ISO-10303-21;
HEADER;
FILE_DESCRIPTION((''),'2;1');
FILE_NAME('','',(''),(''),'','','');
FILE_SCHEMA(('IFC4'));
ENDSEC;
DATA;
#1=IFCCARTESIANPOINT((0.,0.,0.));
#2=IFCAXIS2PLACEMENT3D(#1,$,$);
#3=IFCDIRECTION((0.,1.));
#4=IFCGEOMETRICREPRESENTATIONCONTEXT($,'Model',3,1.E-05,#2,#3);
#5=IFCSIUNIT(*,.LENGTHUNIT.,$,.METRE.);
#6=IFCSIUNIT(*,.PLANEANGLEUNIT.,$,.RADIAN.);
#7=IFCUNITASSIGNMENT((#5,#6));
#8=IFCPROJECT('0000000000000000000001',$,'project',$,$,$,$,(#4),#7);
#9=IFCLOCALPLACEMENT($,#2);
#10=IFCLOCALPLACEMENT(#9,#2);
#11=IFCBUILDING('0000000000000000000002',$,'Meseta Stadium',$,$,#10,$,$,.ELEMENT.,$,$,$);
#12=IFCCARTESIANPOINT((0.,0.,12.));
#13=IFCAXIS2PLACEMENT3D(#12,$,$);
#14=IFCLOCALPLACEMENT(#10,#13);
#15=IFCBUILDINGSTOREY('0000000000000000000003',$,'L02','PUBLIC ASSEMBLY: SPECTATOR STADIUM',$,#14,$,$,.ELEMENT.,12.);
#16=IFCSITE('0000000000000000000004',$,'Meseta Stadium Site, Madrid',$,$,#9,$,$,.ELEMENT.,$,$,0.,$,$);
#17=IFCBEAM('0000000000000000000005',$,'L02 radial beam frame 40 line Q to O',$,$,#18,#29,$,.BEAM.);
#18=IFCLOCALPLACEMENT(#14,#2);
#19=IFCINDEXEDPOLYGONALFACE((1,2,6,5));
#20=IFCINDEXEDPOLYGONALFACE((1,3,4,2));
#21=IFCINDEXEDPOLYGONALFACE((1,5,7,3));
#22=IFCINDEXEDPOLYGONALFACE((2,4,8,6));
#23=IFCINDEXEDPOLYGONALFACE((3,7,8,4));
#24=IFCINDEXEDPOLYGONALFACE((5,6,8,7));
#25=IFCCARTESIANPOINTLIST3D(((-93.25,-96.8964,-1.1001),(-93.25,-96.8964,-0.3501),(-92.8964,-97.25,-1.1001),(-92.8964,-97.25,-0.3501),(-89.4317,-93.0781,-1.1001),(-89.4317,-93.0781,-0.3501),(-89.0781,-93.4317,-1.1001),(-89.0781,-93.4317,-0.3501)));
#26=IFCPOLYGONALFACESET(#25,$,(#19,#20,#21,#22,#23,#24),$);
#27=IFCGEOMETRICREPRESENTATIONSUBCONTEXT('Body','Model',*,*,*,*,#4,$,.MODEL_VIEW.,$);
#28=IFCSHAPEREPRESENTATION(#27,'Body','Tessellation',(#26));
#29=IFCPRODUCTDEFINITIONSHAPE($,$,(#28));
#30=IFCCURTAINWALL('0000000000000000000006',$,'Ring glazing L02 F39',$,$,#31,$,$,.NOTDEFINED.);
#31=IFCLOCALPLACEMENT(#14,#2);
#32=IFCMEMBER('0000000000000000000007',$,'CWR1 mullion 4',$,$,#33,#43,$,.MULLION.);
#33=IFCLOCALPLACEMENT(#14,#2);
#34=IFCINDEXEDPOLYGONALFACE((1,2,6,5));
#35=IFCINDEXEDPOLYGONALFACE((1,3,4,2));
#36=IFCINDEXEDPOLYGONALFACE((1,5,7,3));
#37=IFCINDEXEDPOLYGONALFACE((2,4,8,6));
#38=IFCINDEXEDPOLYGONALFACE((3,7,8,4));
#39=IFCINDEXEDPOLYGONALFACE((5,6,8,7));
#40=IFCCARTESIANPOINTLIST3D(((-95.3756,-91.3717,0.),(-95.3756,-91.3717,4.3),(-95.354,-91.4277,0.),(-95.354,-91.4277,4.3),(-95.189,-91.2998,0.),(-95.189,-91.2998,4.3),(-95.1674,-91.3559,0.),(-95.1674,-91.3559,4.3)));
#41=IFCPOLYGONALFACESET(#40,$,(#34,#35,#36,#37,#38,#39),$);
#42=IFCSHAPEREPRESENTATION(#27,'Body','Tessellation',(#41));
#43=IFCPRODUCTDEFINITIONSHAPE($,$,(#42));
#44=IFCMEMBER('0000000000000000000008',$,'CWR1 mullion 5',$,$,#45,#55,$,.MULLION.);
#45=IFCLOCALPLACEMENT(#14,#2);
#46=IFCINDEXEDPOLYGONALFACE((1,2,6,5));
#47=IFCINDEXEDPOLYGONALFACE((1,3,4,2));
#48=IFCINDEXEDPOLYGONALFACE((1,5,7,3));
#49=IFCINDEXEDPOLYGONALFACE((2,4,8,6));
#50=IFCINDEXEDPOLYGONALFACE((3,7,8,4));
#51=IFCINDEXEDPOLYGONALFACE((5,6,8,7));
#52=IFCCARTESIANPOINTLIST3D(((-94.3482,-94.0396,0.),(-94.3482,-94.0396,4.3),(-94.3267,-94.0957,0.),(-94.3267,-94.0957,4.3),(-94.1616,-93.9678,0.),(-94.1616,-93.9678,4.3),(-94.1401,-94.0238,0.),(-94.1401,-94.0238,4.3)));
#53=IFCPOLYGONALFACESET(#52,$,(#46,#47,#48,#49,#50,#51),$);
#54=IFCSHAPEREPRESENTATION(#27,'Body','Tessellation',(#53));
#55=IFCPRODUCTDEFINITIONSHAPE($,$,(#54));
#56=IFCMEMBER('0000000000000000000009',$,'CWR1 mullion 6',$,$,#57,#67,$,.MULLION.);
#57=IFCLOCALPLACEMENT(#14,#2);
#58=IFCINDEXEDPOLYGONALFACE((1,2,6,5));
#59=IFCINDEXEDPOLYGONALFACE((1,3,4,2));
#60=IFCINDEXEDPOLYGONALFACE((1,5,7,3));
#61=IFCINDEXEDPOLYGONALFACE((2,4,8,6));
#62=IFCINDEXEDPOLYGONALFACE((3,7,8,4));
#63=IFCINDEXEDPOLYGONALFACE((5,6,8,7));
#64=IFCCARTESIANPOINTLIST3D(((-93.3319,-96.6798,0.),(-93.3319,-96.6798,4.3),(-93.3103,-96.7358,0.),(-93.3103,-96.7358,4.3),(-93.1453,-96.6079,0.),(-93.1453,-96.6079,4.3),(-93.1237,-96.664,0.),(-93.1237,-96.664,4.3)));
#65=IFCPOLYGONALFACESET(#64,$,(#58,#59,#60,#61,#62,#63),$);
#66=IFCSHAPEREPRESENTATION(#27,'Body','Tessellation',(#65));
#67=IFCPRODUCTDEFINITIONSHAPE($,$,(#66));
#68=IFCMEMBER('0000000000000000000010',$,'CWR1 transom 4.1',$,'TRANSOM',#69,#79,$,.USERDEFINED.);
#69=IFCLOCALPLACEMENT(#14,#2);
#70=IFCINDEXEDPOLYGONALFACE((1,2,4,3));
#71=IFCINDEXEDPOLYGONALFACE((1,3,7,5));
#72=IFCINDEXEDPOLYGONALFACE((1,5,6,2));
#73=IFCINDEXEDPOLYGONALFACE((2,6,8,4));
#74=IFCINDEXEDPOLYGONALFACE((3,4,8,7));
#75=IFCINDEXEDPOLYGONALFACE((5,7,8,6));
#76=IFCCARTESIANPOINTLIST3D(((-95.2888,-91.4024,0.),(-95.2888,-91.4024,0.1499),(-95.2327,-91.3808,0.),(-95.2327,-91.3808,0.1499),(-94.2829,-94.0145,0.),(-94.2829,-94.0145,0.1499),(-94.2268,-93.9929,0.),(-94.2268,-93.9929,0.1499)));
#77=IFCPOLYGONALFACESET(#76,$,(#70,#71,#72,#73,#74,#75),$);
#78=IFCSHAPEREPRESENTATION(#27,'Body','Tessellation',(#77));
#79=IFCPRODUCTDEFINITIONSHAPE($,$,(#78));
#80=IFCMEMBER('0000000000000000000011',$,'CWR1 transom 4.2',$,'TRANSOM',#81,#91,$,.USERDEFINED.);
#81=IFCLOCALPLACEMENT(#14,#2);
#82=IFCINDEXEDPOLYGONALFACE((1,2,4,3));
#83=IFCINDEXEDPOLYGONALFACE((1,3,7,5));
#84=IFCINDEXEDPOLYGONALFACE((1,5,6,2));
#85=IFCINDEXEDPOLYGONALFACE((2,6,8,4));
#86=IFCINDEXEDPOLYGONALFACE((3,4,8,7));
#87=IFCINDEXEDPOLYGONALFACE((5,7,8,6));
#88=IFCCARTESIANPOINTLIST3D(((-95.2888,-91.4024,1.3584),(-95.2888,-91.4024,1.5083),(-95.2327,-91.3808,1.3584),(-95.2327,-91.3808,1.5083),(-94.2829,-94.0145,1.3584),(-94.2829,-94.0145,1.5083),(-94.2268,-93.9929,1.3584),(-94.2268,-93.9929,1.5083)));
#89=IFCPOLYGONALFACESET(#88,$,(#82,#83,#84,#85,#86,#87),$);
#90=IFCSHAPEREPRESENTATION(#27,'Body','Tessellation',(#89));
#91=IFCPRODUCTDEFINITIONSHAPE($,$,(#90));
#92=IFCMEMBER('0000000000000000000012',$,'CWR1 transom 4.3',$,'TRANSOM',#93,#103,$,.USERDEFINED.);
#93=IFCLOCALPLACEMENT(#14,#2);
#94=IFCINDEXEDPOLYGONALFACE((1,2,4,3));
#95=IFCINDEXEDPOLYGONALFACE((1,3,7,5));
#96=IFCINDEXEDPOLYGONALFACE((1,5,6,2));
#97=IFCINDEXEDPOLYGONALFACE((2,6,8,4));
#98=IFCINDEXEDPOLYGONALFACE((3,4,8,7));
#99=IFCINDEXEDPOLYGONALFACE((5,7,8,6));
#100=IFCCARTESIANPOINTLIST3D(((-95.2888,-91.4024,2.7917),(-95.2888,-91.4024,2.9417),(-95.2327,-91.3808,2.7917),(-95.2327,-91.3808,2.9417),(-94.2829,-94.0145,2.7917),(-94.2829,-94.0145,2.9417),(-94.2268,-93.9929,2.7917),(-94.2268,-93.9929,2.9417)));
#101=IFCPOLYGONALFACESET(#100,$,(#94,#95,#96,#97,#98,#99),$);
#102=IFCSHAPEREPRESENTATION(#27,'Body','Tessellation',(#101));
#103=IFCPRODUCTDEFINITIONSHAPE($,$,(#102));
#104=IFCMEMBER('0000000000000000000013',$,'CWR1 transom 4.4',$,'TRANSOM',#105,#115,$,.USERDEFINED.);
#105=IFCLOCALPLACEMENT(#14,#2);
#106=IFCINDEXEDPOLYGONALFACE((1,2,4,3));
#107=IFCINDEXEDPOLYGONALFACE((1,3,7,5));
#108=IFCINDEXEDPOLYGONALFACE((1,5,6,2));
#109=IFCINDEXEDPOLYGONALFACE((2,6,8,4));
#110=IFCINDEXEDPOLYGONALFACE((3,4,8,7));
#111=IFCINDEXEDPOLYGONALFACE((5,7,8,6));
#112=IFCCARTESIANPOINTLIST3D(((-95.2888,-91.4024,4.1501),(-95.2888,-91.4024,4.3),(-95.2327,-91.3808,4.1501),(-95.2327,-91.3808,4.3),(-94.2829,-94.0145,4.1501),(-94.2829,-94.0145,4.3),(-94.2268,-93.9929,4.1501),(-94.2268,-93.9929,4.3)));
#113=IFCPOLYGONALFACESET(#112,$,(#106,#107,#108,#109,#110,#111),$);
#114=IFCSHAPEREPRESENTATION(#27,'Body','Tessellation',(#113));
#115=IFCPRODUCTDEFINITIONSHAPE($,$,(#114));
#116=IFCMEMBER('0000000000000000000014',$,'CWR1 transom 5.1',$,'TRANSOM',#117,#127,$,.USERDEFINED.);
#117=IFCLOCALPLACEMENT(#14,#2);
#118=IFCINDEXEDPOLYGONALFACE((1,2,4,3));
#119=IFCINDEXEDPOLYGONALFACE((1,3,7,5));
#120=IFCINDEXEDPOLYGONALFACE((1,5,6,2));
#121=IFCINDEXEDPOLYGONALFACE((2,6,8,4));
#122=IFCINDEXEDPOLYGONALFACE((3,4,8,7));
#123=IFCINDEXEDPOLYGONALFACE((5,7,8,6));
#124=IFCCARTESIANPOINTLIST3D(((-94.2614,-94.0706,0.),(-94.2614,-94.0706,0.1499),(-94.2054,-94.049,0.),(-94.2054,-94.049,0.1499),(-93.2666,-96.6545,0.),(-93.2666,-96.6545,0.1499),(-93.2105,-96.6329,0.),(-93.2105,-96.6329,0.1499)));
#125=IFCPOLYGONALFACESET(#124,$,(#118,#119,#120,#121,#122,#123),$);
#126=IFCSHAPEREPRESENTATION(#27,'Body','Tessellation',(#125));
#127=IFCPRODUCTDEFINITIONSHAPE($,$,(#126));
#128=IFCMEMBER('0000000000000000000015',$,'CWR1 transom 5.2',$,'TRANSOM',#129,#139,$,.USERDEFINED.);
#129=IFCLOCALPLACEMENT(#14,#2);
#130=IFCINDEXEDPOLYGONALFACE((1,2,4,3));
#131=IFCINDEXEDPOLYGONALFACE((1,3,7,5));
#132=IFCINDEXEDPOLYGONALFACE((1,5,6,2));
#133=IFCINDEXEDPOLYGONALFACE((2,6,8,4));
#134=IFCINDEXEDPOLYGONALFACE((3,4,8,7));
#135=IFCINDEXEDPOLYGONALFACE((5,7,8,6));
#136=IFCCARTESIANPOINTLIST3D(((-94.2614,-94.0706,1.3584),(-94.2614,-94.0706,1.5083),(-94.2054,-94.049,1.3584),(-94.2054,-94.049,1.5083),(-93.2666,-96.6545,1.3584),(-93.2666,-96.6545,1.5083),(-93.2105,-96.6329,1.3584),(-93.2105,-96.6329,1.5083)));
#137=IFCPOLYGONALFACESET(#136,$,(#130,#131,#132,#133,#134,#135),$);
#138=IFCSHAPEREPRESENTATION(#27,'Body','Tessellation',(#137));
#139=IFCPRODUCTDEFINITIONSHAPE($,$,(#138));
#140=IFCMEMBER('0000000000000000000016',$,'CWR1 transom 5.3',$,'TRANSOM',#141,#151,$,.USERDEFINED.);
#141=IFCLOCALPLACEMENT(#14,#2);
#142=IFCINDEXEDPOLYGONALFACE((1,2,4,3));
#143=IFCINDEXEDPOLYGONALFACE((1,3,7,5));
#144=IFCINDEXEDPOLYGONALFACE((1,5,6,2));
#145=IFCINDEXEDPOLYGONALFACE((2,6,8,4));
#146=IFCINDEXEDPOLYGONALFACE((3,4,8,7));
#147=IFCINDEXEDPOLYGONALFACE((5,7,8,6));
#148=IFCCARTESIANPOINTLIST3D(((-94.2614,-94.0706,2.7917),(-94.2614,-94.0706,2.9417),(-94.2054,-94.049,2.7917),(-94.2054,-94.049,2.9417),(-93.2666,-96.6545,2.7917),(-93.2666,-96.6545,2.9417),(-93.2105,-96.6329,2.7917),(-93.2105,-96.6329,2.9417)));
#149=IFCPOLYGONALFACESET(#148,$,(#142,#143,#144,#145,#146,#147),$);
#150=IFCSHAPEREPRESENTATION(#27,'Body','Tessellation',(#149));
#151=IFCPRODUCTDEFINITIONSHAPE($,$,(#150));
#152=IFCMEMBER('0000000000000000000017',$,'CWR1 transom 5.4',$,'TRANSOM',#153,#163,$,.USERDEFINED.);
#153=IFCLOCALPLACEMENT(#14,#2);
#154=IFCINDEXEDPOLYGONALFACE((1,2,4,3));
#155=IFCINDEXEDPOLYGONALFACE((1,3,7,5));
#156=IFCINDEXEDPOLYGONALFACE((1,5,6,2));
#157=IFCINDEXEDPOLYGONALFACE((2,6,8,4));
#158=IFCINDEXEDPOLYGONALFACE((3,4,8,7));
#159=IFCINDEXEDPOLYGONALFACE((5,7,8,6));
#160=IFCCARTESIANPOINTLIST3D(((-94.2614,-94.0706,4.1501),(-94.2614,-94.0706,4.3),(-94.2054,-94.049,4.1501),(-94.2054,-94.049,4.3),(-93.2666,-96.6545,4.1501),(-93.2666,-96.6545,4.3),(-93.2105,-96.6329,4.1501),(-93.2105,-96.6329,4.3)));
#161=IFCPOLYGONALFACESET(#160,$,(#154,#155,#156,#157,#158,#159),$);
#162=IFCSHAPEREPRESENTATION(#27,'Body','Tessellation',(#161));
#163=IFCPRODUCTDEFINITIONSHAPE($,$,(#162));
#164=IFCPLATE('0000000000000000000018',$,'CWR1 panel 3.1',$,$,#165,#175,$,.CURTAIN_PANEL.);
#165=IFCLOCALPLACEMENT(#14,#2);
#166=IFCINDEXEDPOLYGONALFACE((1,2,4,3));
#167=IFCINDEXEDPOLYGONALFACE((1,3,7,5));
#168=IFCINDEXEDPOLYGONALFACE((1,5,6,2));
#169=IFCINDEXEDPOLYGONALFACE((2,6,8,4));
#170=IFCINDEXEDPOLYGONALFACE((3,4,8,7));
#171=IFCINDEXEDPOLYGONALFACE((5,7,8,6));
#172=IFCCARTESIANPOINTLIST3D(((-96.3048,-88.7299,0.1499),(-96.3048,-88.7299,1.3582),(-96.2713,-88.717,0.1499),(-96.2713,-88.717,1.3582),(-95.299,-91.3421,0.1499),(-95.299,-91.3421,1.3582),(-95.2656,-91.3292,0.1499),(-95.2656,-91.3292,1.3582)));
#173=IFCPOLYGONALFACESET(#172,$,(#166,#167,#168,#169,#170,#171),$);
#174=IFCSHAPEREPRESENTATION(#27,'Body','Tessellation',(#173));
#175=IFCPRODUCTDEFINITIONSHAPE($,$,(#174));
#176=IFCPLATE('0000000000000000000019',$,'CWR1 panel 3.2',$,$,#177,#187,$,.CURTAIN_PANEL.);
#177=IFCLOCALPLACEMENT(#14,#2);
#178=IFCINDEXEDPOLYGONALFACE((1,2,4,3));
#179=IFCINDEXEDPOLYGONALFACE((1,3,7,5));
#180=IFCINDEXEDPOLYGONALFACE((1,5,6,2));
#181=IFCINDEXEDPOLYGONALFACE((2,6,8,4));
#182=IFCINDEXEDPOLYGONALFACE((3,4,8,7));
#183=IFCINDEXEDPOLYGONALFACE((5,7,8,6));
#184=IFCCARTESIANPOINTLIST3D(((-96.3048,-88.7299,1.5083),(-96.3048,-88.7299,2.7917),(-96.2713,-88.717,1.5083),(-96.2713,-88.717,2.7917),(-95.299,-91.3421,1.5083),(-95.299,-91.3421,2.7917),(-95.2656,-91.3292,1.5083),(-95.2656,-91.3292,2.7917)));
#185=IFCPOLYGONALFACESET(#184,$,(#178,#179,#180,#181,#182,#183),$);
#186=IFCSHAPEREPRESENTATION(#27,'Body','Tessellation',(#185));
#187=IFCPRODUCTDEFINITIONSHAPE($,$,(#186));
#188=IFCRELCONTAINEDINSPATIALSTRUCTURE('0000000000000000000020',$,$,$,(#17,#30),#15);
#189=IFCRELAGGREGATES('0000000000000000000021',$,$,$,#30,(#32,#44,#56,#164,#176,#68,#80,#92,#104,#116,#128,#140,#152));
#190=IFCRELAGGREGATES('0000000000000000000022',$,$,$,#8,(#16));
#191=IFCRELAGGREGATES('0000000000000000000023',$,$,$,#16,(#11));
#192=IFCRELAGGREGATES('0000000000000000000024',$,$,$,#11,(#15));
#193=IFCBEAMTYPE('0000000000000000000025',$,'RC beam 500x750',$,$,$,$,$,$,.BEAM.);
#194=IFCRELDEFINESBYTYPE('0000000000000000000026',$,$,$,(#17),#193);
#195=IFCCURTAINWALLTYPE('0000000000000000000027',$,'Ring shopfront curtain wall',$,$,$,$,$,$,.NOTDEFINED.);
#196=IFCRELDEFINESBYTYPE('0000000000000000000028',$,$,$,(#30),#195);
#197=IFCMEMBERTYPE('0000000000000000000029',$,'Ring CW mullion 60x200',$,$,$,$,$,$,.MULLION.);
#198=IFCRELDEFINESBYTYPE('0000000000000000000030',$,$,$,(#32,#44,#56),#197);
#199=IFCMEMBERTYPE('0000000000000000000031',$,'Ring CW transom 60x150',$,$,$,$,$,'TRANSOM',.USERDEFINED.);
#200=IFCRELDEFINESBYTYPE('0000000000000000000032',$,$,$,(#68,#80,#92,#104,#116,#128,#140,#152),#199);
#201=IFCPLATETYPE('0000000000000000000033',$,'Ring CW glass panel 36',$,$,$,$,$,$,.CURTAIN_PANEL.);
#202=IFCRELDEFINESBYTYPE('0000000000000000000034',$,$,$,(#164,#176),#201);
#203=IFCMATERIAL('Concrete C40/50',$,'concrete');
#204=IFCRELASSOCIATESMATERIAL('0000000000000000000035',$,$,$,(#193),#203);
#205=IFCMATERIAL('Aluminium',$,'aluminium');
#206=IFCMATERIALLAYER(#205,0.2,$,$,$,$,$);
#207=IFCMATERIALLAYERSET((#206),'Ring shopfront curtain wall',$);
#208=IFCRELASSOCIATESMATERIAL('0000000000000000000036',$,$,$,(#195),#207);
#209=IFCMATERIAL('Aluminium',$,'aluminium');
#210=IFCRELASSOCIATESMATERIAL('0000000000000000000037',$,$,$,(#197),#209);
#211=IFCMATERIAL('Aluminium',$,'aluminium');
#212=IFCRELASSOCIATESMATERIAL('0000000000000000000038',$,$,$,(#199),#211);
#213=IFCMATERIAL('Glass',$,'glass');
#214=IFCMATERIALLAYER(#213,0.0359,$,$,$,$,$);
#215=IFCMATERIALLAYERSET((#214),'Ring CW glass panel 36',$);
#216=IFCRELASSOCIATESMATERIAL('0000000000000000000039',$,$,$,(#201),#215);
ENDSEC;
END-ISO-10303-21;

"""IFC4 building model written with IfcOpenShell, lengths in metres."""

from ifc_helpers import new_model, si_unit, direction, frame, origin, origin_2d, place, context, subcontext, project, spatial, rectangle, extrude, material, layer, layer_set, material_profile, profile_set, type_object, element, aggregate, save


model = new_model("IFC4")

# Units and contexts
model_context = context("Model", 3, precision=1e-05, world=origin(), true_north=direction((0.0, 1.0)))
body_context = subcontext(model_context, "Body", "Model", "MODEL_VIEW")
ifc_project = project(units=[si_unit("LENGTHUNIT", "METRE"), si_unit("PLANEANGLEUNIT", "RADIAN")], contexts=[model_context])

# Site, building, storey
site_placement = place(None, origin())
site = spatial("IfcSite", under=ifc_project, at=site_placement, Name="Meseta Stadium Site, Madrid", CompositionType="ELEMENT", RefElevation=0.0)
building_placement = place(site_placement, origin())
building = spatial("IfcBuilding", under=site, at=building_placement, Name="Meseta Stadium", CompositionType="ELEMENT")
storey_placement = place(building_placement, frame((0.0, 0.0, 12.0)))
storey = spatial("IfcBuildingStorey", under=building, at=storey_placement, Name="L02", Description="PUBLIC ASSEMBLY: SPECTATOR STADIUM", CompositionType="ELEMENT", Elevation=12.0)

# Beam
ifc_material_1 = material(Name="Concrete C40/50", Category="concrete")
ifc_material_profile_1 = material_profile(ifc_material_1, rectangle(XDim=0.5, YDim=0.75, at=origin_2d()), Name="RC 500x750")
ifc_profile_set_1 = profile_set([ifc_material_profile_1], Name="Concrete C40/50")
beam_type_1 = type_object("IfcBeamType", Name="RC beam 500x750", PredefinedType="BEAM", material=ifc_profile_set_1)
beam_1_placement = place(storey_placement, frame((-89.2549, -93.2549, -0.7251), z_axis=(-0.707107, -0.707107, 0.0), x_axis=(0.707107, -0.707107, 0.0)))
element("IfcBeam", 1, at=beam_1_placement, inside=storey, type_object=beam_type_1, Name="L02 radial beam frame 40 line Q to O", PredefinedType="BEAM", context=body_context, shape_type="SweptSolid", body=[
    extrude(rectangle(XDim=0.5, YDim=0.75, at=origin_2d()), origin(), (0.0, 0.0, 1.0), 5.3999),
])

# Curtain wall, members, plates
ifc_material_2 = material(Name="Aluminium", Category="aluminium")
ifc_layer_1 = layer(ifc_material_2, 0.2)
ifc_layer_set_1 = layer_set([ifc_layer_1], Name="Ring shopfront curtain wall")
curtain_wall_type = type_object("IfcCurtainWallType", Name="Ring shopfront curtain wall", PredefinedType="NOTDEFINED", material=ifc_layer_set_1)
curtain_wall_placement = place(storey_placement, origin())
curtain_wall = element("IfcCurtainWall", 2, at=curtain_wall_placement, inside=storey, type_object=curtain_wall_type, Name="Ring glazing L02 F39", PredefinedType="NOTDEFINED")
ifc_material_3 = material(Name="Aluminium", Category="aluminium")
ifc_material_profile_2 = material_profile(ifc_material_3, rectangle(XDim=0.2, YDim=0.0601, at=origin_2d()), Name="CW 200x60")
ifc_profile_set_2 = profile_set([ifc_material_profile_2], Name="Aluminium")
member_type_1 = type_object("IfcMemberType", Name="Ring CW mullion 60x200", PredefinedType="MULLION", material=ifc_profile_set_2)
member_1_placement = place(storey_placement, frame((-95.2715, -91.3638, 0.0), z_axis=(0.0, 0.0, 1.0), x_axis=(0.933221, 0.359302, 0.0)))
member_1 = element("IfcMember", 3, at=member_1_placement, type_object=member_type_1, Name="CWR1 mullion 4", PredefinedType="MULLION", context=body_context, shape_type="SweptSolid", body=[
    extrude(rectangle(XDim=0.2, YDim=0.0601, at=origin_2d()), origin(), (0.0, 0.0, 1.0), 4.3),
])
member_2_placement = place(storey_placement, frame((-94.2441, -94.0317, 0.0), z_axis=(0.0, 0.0, 1.0), x_axis=(0.933221, 0.359302, 0.0)))
member_2 = element("IfcMember", 4, at=member_2_placement, type_object=member_type_1, Name="CWR1 mullion 5", PredefinedType="MULLION", context=body_context, shape_type="SweptSolid", body=[
    extrude(rectangle(XDim=0.2, YDim=0.0601, at=origin_2d()), origin(), (0.0, 0.0, 1.0), 4.3),
])
member_3_placement = place(storey_placement, frame((-93.2278, -96.6719, 0.0), z_axis=(0.0, 0.0, 1.0), x_axis=(0.933221, 0.359302, 0.0)))
member_3 = element("IfcMember", 5, at=member_3_placement, type_object=member_type_1, Name="CWR1 mullion 6", PredefinedType="MULLION", context=body_context, shape_type="SweptSolid", body=[
    extrude(rectangle(XDim=0.2, YDim=0.0601, at=origin_2d()), origin(), (0.0, 0.0, 1.0), 4.3),
])
ifc_material_4 = material(Name="Aluminium", Category="aluminium")
ifc_material_profile_3 = material_profile(ifc_material_4, rectangle(XDim=0.0601, YDim=0.1499, at=origin_2d()), Name="CW 60x150")
ifc_profile_set_3 = profile_set([ifc_material_profile_3], Name="Aluminium")
member_type_2 = type_object("IfcMemberType", Name="Ring CW transom 60x150", ElementType="TRANSOM", PredefinedType="USERDEFINED", material=ifc_profile_set_3)
member_4_placement = place(storey_placement, frame((-95.2607, -91.3916, 0.075), z_axis=(0.359359, -0.933199, 0.0), x_axis=(0.933199, 0.359359, 0.0)))
member_4 = element("IfcMember", 6, at=member_4_placement, type_object=member_type_2, Name="CWR1 transom 4.1", ObjectType="TRANSOM", PredefinedType="USERDEFINED", context=body_context, shape_type="SweptSolid", body=[
    extrude(rectangle(XDim=0.0601, YDim=0.1499, at=origin_2d()), origin(), (0.0, 0.0, 1.0), 2.7991),
])
member_5_placement = place(storey_placement, frame((-95.2607, -91.3916, 1.4333), z_axis=(0.359359, -0.933199, 0.0), x_axis=(0.933199, 0.359359, 0.0)))
member_5 = element("IfcMember", 7, at=member_5_placement, type_object=member_type_2, Name="CWR1 transom 4.2", ObjectType="TRANSOM", PredefinedType="USERDEFINED", context=body_context, shape_type="SweptSolid", body=[
    extrude(rectangle(XDim=0.0601, YDim=0.1499, at=origin_2d()), origin(), (0.0, 0.0, 1.0), 2.7991),
])
member_6_placement = place(storey_placement, frame((-95.2607, -91.3916, 2.8667), z_axis=(0.359359, -0.933199, 0.0), x_axis=(0.933199, 0.359359, 0.0)))
member_6 = element("IfcMember", 8, at=member_6_placement, type_object=member_type_2, Name="CWR1 transom 4.3", ObjectType="TRANSOM", PredefinedType="USERDEFINED", context=body_context, shape_type="SweptSolid", body=[
    extrude(rectangle(XDim=0.0601, YDim=0.1499, at=origin_2d()), origin(), (0.0, 0.0, 1.0), 2.7991),
])
member_7_placement = place(storey_placement, frame((-95.2607, -91.3916, 4.2251), z_axis=(0.359359, -0.933199, 0.0), x_axis=(0.933199, 0.359359, 0.0)))
member_7 = element("IfcMember", 9, at=member_7_placement, type_object=member_type_2, Name="CWR1 transom 4.4", ObjectType="TRANSOM", PredefinedType="USERDEFINED", context=body_context, shape_type="SweptSolid", body=[
    extrude(rectangle(XDim=0.0601, YDim=0.1499, at=origin_2d()), origin(), (0.0, 0.0, 1.0), 2.7991),
])
member_8_placement = place(storey_placement, frame((-94.2334, -94.0598, 0.075), z_axis=(0.359304, -0.933221, 0.0), x_axis=(0.933221, 0.359304, 0.0)))
member_8 = element("IfcMember", 10, at=member_8_placement, type_object=member_type_2, Name="CWR1 transom 5.1", ObjectType="TRANSOM", PredefinedType="USERDEFINED", context=body_context, shape_type="SweptSolid", body=[
    extrude(rectangle(XDim=0.0601, YDim=0.1499, at=origin_2d()), origin(), (0.0, 0.0, 1.0), 2.7688),
])
member_9_placement = place(storey_placement, frame((-94.2334, -94.0598, 1.4333), z_axis=(0.359304, -0.933221, 0.0), x_axis=(0.933221, 0.359304, 0.0)))
member_9 = element("IfcMember", 11, at=member_9_placement, type_object=member_type_2, Name="CWR1 transom 5.2", ObjectType="TRANSOM", PredefinedType="USERDEFINED", context=body_context, shape_type="SweptSolid", body=[
    extrude(rectangle(XDim=0.0601, YDim=0.1499, at=origin_2d()), origin(), (0.0, 0.0, 1.0), 2.7688),
])
member_10_placement = place(storey_placement, frame((-94.2334, -94.0598, 2.8667), z_axis=(0.359304, -0.933221, 0.0), x_axis=(0.933221, 0.359304, 0.0)))
member_10 = element("IfcMember", 12, at=member_10_placement, type_object=member_type_2, Name="CWR1 transom 5.3", ObjectType="TRANSOM", PredefinedType="USERDEFINED", context=body_context, shape_type="SweptSolid", body=[
    extrude(rectangle(XDim=0.0601, YDim=0.1499, at=origin_2d()), origin(), (0.0, 0.0, 1.0), 2.7688),
])
member_11_placement = place(storey_placement, frame((-94.2334, -94.0598, 4.2251), z_axis=(0.359304, -0.933221, 0.0), x_axis=(0.933221, 0.359304, 0.0)))
member_11 = element("IfcMember", 13, at=member_11_placement, type_object=member_type_2, Name="CWR1 transom 5.4", ObjectType="TRANSOM", PredefinedType="USERDEFINED", context=body_context, shape_type="SweptSolid", body=[
    extrude(rectangle(XDim=0.0601, YDim=0.1499, at=origin_2d()), origin(), (0.0, 0.0, 1.0), 2.7688),
])
ifc_material_5 = material(Name="Glass", Category="glass")
ifc_layer_2 = layer(ifc_material_5, 0.0359)
ifc_layer_set_2 = layer_set([ifc_layer_2], Name="Ring CW glass panel 36")
plate_type_1 = type_object("IfcPlateType", Name="Ring CW glass panel 36", PredefinedType="CURTAIN_PANEL", material=ifc_layer_set_2)
plate_1_placement = place(storey_placement, frame((-95.7852, -90.0295, 0.1499), z_axis=(0.0, 0.0, 1.0), x_axis=(0.359302, -0.933221, 0.0)))
plate_1 = element("IfcPlate", 14, at=plate_1_placement, type_object=plate_type_1, Name="CWR1 panel 3.1", PredefinedType="CURTAIN_PANEL", context=body_context, shape_type="SweptSolid", body=[
    extrude(rectangle(XDim=2.7991, YDim=0.0359, at=origin_2d()), origin(), (0.0, 0.0, 1.0), 1.2083),
])
plate_2_placement = place(storey_placement, frame((-95.7852, -90.0295, 1.5083), z_axis=(0.0, 0.0, 1.0), x_axis=(0.359302, -0.933221, 0.0)))
plate_2 = element("IfcPlate", 15, at=plate_2_placement, type_object=plate_type_1, Name="CWR1 panel 3.2", PredefinedType="CURTAIN_PANEL", context=body_context, shape_type="SweptSolid", body=[
    extrude(rectangle(XDim=2.7991, YDim=0.0359, at=origin_2d()), origin(), (0.0, 0.0, 1.0), 1.2834),
])
aggregate(curtain_wall, [member_1, member_2, member_3, plate_1, plate_2, member_4, member_5, member_6, member_7, member_8, member_9, member_10, member_11])

save(model, "model.ifc")
